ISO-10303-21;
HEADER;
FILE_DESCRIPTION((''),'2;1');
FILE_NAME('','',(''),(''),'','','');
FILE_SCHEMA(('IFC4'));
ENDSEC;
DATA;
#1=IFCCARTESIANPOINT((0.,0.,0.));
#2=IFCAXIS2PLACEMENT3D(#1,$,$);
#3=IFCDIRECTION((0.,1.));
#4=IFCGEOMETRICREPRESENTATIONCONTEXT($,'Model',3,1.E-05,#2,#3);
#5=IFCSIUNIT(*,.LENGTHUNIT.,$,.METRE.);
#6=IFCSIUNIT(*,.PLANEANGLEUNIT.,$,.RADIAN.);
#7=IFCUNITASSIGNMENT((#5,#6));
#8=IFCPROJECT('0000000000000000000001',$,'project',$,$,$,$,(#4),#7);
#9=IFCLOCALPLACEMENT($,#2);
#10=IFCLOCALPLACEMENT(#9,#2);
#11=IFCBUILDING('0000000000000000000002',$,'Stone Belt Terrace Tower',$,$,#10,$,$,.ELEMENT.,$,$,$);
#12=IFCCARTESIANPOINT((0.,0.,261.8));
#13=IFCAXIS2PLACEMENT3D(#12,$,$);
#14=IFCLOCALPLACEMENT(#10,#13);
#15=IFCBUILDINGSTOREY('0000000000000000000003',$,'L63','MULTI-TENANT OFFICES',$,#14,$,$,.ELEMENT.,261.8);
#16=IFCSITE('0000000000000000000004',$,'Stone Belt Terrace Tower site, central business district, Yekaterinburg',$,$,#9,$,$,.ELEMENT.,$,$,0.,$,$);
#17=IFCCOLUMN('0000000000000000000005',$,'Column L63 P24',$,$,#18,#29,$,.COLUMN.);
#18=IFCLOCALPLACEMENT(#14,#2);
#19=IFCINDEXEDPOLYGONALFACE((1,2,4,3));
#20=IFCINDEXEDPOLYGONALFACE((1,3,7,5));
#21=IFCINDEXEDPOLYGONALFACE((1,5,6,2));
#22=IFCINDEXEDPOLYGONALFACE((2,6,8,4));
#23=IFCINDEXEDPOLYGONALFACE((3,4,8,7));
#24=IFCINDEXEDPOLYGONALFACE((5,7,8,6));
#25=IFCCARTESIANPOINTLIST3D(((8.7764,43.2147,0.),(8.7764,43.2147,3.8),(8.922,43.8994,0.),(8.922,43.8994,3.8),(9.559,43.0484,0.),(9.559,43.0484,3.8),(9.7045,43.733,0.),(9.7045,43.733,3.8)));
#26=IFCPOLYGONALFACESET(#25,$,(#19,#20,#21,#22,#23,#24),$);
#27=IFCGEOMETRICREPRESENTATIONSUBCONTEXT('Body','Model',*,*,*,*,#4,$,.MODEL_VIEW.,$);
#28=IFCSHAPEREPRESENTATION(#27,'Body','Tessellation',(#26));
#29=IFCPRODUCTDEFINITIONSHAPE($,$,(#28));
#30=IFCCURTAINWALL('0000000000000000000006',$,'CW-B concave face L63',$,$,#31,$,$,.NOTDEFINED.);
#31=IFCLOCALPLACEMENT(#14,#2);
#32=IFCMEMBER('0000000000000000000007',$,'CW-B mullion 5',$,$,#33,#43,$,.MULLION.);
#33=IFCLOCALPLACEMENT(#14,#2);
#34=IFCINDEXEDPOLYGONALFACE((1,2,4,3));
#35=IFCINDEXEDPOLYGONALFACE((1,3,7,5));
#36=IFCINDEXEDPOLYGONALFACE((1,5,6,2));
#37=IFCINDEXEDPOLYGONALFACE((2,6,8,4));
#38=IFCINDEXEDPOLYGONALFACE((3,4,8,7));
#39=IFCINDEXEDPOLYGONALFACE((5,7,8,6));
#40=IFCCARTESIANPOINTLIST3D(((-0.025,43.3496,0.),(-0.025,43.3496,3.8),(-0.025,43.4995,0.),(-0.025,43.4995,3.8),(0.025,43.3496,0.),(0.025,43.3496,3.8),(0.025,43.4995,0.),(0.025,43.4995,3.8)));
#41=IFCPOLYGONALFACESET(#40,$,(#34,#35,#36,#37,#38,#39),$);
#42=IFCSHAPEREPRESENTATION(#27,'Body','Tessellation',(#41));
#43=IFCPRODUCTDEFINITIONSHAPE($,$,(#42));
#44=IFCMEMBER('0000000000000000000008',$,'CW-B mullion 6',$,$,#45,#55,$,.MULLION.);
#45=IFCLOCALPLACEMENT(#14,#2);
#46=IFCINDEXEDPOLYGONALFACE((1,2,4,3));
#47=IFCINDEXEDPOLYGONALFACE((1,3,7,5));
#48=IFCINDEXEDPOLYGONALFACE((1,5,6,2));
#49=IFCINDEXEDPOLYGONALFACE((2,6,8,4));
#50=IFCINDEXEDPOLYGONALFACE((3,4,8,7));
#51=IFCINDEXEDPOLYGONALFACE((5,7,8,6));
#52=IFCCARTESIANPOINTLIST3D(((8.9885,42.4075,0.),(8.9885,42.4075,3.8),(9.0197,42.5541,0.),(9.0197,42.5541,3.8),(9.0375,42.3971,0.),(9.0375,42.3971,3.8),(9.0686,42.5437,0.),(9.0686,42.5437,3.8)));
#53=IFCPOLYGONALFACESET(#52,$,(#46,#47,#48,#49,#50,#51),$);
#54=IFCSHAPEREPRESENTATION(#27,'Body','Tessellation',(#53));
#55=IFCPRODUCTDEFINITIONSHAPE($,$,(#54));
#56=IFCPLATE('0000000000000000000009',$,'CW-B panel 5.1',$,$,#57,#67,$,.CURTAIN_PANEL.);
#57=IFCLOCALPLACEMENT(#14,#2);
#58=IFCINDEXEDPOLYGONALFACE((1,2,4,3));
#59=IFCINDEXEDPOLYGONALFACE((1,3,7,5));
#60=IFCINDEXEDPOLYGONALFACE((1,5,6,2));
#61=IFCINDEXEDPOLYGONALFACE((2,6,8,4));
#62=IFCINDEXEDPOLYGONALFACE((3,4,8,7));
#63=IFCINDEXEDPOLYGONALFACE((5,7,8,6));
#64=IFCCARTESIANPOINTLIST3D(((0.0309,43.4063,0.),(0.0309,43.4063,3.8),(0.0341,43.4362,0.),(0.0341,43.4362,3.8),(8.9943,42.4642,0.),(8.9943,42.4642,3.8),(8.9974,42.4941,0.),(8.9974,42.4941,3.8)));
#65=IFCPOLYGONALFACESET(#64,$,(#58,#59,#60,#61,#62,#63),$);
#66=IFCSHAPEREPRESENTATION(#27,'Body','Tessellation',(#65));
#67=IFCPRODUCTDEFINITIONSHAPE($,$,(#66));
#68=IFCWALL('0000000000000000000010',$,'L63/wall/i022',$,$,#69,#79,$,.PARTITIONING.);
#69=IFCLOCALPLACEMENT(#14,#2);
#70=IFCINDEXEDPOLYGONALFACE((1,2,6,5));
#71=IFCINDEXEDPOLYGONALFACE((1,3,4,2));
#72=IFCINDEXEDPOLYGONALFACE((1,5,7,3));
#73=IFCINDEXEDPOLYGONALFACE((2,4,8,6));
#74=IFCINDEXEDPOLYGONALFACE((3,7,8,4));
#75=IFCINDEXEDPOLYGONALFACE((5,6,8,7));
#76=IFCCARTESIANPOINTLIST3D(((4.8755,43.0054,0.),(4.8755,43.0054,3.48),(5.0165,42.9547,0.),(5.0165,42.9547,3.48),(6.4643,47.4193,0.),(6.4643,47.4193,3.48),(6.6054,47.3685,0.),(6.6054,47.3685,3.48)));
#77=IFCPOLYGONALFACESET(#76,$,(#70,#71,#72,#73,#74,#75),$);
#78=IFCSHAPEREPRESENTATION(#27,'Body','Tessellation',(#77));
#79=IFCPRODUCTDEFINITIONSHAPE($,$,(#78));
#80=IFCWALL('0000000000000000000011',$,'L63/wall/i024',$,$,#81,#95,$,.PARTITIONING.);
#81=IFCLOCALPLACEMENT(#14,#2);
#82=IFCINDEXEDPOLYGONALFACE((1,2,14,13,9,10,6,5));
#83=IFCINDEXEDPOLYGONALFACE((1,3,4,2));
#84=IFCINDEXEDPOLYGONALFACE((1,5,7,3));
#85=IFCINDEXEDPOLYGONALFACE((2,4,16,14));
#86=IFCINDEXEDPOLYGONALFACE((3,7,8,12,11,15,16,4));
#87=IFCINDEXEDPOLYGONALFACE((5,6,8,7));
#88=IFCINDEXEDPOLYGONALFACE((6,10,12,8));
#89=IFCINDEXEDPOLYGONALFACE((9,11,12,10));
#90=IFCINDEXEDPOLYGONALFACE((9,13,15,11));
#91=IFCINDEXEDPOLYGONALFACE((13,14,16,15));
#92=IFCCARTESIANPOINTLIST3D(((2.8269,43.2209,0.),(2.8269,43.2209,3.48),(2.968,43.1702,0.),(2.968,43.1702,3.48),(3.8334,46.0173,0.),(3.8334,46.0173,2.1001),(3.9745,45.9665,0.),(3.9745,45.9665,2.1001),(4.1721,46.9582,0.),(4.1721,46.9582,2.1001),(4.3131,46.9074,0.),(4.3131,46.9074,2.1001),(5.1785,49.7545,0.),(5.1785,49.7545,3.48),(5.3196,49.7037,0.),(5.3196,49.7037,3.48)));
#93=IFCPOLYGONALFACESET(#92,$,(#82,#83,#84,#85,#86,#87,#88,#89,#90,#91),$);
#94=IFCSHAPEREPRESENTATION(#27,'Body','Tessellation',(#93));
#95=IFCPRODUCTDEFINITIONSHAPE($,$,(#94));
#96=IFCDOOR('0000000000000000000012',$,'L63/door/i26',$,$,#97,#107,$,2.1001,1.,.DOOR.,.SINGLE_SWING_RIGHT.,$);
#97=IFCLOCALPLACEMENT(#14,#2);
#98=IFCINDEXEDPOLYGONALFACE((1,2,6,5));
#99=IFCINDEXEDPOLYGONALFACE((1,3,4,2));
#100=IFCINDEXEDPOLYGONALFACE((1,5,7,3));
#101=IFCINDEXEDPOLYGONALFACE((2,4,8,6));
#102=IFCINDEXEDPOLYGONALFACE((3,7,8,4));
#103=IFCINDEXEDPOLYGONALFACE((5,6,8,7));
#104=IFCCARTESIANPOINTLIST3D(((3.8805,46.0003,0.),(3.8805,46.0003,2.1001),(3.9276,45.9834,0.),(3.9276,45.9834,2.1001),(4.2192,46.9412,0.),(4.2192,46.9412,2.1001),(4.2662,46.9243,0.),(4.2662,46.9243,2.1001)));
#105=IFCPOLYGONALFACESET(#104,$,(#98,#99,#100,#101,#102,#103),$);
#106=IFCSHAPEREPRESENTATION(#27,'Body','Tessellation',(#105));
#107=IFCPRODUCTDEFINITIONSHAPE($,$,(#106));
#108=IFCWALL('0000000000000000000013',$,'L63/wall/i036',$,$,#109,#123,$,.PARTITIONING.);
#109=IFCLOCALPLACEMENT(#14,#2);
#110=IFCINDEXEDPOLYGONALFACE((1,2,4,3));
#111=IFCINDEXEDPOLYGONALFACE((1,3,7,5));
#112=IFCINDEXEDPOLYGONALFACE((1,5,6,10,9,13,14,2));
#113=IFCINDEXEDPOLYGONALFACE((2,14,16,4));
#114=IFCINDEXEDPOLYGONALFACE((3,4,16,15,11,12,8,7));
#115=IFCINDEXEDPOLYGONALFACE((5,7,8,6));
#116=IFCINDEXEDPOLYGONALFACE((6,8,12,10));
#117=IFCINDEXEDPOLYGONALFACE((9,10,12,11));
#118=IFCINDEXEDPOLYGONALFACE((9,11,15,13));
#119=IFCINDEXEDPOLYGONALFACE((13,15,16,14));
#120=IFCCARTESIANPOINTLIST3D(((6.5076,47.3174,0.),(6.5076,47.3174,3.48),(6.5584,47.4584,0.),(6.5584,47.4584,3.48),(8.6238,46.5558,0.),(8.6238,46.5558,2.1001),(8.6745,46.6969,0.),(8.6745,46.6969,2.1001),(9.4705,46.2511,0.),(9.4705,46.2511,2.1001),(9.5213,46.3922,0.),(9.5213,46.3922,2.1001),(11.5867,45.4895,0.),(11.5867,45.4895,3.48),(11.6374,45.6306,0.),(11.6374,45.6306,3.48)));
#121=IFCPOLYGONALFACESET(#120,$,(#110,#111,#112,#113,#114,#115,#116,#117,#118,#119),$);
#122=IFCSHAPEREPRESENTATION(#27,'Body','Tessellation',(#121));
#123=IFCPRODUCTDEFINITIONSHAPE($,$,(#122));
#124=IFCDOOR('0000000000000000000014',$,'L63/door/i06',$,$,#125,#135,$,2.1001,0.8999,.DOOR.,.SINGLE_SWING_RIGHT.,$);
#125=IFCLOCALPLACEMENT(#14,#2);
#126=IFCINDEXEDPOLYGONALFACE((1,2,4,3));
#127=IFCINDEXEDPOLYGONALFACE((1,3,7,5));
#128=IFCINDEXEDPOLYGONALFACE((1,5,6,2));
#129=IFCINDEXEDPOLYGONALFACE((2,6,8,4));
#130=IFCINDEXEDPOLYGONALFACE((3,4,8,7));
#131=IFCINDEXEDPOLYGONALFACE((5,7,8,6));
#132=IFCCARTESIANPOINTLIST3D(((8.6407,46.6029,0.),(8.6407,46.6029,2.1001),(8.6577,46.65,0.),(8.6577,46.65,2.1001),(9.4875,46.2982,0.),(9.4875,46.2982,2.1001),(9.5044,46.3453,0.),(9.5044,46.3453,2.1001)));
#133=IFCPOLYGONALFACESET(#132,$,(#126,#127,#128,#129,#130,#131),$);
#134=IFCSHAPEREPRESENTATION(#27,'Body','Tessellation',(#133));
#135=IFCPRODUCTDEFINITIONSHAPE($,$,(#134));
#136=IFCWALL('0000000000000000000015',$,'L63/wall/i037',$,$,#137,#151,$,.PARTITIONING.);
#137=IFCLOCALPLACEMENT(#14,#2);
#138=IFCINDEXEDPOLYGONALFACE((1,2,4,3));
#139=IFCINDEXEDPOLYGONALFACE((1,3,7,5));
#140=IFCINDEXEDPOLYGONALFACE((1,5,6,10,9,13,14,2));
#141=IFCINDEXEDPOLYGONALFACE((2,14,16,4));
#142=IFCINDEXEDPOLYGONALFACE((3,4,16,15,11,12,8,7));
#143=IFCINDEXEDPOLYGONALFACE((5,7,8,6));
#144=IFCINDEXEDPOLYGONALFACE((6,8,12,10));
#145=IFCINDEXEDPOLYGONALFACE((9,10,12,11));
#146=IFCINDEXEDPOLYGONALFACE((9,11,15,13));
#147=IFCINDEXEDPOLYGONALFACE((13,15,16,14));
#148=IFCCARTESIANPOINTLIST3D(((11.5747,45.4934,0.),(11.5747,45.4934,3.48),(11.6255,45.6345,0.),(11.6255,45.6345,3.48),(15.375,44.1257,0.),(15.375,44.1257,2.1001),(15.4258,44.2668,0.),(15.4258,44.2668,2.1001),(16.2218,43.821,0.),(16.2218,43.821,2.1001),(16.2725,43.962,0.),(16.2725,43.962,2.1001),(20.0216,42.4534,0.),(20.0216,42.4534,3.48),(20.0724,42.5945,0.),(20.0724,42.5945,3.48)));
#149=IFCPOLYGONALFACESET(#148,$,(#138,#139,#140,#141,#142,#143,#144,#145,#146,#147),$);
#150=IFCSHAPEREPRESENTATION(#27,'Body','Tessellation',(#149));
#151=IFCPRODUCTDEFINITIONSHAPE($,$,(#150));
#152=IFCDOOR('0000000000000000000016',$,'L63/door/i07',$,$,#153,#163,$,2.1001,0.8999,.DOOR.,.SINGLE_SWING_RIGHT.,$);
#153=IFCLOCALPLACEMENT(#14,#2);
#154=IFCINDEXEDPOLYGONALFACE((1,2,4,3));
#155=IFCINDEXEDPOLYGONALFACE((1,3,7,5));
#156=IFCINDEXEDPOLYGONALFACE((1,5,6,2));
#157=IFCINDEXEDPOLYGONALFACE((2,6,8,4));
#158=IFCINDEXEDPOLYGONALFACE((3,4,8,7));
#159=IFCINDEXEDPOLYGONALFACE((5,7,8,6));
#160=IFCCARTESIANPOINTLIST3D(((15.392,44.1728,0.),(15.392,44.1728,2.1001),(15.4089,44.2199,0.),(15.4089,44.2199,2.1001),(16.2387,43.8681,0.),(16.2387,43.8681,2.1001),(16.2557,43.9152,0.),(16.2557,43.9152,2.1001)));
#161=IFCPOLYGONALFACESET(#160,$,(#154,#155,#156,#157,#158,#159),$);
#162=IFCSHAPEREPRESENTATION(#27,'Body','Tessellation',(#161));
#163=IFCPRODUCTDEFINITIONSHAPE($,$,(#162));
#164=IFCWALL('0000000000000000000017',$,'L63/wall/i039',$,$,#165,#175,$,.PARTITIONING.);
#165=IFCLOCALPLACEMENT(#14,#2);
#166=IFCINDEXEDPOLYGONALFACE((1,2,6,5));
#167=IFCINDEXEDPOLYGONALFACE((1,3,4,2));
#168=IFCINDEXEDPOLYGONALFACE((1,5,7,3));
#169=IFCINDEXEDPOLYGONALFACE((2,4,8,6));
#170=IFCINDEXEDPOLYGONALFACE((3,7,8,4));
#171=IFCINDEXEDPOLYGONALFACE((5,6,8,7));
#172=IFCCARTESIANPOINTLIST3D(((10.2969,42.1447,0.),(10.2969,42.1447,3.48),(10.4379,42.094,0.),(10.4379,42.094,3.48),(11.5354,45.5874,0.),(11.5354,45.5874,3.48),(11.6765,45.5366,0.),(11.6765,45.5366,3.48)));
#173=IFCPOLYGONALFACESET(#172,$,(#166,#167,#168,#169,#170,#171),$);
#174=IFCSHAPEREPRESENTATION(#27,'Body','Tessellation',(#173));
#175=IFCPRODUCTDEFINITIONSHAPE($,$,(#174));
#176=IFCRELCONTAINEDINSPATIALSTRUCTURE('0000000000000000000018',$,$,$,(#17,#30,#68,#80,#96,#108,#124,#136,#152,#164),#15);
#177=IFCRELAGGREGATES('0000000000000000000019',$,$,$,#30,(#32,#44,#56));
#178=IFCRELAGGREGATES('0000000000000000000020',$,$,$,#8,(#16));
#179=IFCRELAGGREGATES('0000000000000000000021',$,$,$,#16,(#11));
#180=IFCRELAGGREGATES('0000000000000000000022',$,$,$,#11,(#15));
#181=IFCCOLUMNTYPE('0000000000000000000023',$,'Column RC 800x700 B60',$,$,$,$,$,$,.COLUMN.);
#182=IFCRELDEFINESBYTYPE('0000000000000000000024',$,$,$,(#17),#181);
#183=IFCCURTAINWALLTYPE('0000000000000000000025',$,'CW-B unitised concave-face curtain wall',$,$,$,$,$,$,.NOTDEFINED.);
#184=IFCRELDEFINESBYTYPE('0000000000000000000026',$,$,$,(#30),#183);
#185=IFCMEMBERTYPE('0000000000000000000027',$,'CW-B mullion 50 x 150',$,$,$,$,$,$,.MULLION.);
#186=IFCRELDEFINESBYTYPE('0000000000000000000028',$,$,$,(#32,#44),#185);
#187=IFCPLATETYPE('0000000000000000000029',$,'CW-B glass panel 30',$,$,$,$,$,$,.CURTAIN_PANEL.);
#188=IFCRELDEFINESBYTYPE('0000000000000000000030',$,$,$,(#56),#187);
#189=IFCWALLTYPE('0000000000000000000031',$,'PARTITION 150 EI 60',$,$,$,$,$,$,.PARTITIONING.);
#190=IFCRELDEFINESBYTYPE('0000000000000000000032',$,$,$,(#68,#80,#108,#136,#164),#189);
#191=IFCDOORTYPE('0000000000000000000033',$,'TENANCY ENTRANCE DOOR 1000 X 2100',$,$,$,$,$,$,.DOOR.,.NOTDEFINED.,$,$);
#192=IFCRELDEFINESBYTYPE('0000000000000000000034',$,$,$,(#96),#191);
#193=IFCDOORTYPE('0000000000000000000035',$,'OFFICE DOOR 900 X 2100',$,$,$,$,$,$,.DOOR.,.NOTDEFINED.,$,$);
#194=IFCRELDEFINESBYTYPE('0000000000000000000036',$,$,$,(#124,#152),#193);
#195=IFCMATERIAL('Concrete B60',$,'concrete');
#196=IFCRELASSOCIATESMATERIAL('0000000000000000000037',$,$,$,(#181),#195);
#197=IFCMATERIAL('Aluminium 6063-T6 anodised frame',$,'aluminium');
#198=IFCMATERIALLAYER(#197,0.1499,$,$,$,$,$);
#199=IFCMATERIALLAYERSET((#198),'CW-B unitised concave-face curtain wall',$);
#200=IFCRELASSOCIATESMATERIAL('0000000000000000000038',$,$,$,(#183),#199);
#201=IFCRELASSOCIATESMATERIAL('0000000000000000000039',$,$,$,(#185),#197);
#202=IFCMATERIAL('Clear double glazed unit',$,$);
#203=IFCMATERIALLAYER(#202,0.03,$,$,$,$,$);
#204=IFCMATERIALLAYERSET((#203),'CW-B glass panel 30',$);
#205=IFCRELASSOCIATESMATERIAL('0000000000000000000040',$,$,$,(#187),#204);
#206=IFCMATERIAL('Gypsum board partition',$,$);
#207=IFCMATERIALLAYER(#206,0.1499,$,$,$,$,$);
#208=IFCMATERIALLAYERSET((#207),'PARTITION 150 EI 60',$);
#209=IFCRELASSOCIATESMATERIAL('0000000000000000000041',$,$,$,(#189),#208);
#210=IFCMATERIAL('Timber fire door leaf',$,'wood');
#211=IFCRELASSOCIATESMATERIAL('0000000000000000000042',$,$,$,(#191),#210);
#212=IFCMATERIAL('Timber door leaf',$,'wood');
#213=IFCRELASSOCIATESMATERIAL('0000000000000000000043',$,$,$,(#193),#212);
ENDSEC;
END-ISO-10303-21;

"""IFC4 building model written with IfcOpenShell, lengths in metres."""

from ifc_helpers import new_model, si_unit, direction, frame, frame_2d, origin, origin_2d, place, context, subcontext, project, spatial, rectangle, extrude, material, layer, layer_set, material_profile, profile_set, type_object, element, fill, aggregate, save


model = new_model("IFC4")

# Units and contexts
model_context = context("Model", 3, precision=1e-05, world=origin(), true_north=direction((0.0, 1.0)))
body_context = subcontext(model_context, "Body", "Model", "MODEL_VIEW")
ifc_project = project(units=[si_unit("LENGTHUNIT", "METRE"), si_unit("PLANEANGLEUNIT", "RADIAN")], contexts=[model_context])

# Site, building, storey
site_placement = place(None, origin())
site = spatial("IfcSite", under=ifc_project, at=site_placement, Name="Stone Belt Terrace Tower site, central business district, Yekaterinburg", CompositionType="ELEMENT", RefElevation=0.0)
building_placement = place(site_placement, origin())
building = spatial("IfcBuilding", under=site, at=building_placement, Name="Stone Belt Terrace Tower", CompositionType="ELEMENT")
storey_placement = place(building_placement, frame((0.0, 0.0, 261.8)))
storey = spatial("IfcBuildingStorey", under=building, at=storey_placement, Name="L63", Description="MULTI-TENANT OFFICES", CompositionType="ELEMENT", Elevation=261.8)

# Column
ifc_material_1 = material(Name="Concrete B60", Category="concrete")
ifc_material_profile_1 = material_profile(ifc_material_1, rectangle(XDim=0.8, YDim=0.7, at=origin_2d()), Name="RC 800x700")
ifc_profile_set_1 = profile_set([ifc_material_profile_1], Name="Concrete B60")
column_type = type_object("IfcColumnType", Name="Column RC 800x700 B60", PredefinedType="COLUMN", material=ifc_profile_set_1)
column_placement = place(storey_placement, frame((9.2405, 43.4739, 0.0), z_axis=(0.0, 0.0, 1.0), x_axis=(0.978148, -0.207912, 0.0)))
element("IfcColumn", 1, at=column_placement, inside=storey, type_object=column_type, Name="Column L63 P24", PredefinedType="COLUMN", context=body_context, shape_type="SweptSolid", body=[
    extrude(rectangle(XDim=0.8, YDim=0.7, at=origin_2d()), origin(), (0.0, 0.0, 1.0), 3.8),
])

# Curtain wall, members, plate
ifc_material_2 = material(Name="Aluminium 6063-T6 anodised frame", Category="aluminium")
ifc_layer_1 = layer(ifc_material_2, 0.1499)
ifc_layer_set_1 = layer_set([ifc_layer_1], Name="CW-B unitised concave-face curtain wall")
curtain_wall_type = type_object("IfcCurtainWallType", Name="CW-B unitised concave-face curtain wall", PredefinedType="NOTDEFINED", material=ifc_layer_set_1)
curtain_wall_placement = place(storey_placement, origin())
curtain_wall = element("IfcCurtainWall", 2, at=curtain_wall_placement, inside=storey, type_object=curtain_wall_type, Name="CW-B concave face L63", PredefinedType="NOTDEFINED")
ifc_material_profile_2 = material_profile(ifc_material_2, rectangle(XDim=0.1499, YDim=0.05, at=origin_2d()), Name="Aluminium 6063-T6 50x150")
ifc_profile_set_2 = profile_set([ifc_material_profile_2], Name="Aluminium 6063-T6 anodised frame")
member_type = type_object("IfcMemberType", Name="CW-B mullion 50 x 150", PredefinedType="MULLION", material=ifc_profile_set_2)
member_1_placement = place(storey_placement, frame((0.0, 43.4246, 0.0), z_axis=(0.0, 0.0, 1.0), x_axis=(0.0, 1.0, 0.0)))
member_1 = element("IfcMember", 3, at=member_1_placement, type_object=member_type, Name="CW-B mullion 5", PredefinedType="MULLION", context=body_context, shape_type="SweptSolid", body=[
    extrude(rectangle(XDim=0.1499, YDim=0.05, at=origin_2d()), origin(), (0.0, 0.0, 1.0), 3.8),
])
member_2_placement = place(storey_placement, frame((9.0286, 42.4756, 0.0), z_axis=(0.0, 0.0, 1.0), x_axis=(0.207912, 0.978148, 0.0)))
member_2 = element("IfcMember", 4, at=member_2_placement, type_object=member_type, Name="CW-B mullion 6", PredefinedType="MULLION", context=body_context, shape_type="SweptSolid", body=[
    extrude(rectangle(XDim=0.1499, YDim=0.05, at=origin_2d()), origin(), (0.0, 0.0, 1.0), 3.8),
])
ifc_material_3 = material(Name="Clear double glazed unit")
ifc_layer_2 = layer(ifc_material_3, 0.03)
ifc_layer_set_2 = layer_set([ifc_layer_2], Name="CW-B glass panel 30")
plate_type = type_object("IfcPlateType", Name="CW-B glass panel 30", PredefinedType="CURTAIN_PANEL", material=ifc_layer_set_2)
plate_placement = place(storey_placement, frame((4.5142, 42.9502, 0.0), z_axis=(0.0, 0.0, 1.0), x_axis=(0.994522, -0.104528, 0.0)))
plate = element("IfcPlate", 5, at=plate_placement, type_object=plate_type, Name="CW-B panel 5.1", PredefinedType="CURTAIN_PANEL", context=body_context, shape_type="SweptSolid", body=[
    extrude(rectangle(XDim=9.0127, YDim=0.03, at=origin_2d()), origin(), (0.0, 0.0, 1.0), 3.8),
])
aggregate(curtain_wall, [member_1, member_2, plate])

# Wall
ifc_material_4 = material(Name="Gypsum board partition")
ifc_layer_3 = layer(ifc_material_4, 0.1499)
ifc_layer_set_3 = layer_set([ifc_layer_3], Name="PARTITION 150 EI 60")
wall_type_1 = type_object("IfcWallType", Name="PARTITION 150 EI 60", PredefinedType="PARTITIONING", material=ifc_layer_set_3)
wall_1_placement = place(storey_placement, frame((6.5349, 47.394, 0.0), z_axis=(0.0, 0.0, 1.0), x_axis=(-0.338699, -0.940895, 0.0)))
element("IfcWall", 6, at=wall_1_placement, inside=storey, type_object=wall_type_1, Name="L63/wall/i022", PredefinedType="PARTITIONING", context=body_context, shape_type="SweptSolid", body=[
    extrude(rectangle(XDim=4.6912, YDim=0.1499, at=frame_2d((2.3457, 0.0))), origin(), (0.0, 0.0, 1.0), 3.48),
])

# Walls, openings, doors
wall_2_placement = place(storey_placement, frame((2.8975, 43.1956, 0.0), z_axis=(0.0, 0.0, 1.0), x_axis=(0.338658, 0.940909, 0.0)))
wall_2 = element("IfcWall", 7, at=wall_2_placement, inside=storey, type_object=wall_type_1, Name="L63/wall/i024", PredefinedType="PARTITIONING", context=body_context, shape_type="SweptSolid", body=[
    extrude(rectangle(XDim=6.9438, YDim=0.1499, at=frame_2d((3.4719, 0.0))), origin(), (0.0, 0.0, 1.0), 3.48),
])
opening_1_placement = place(wall_2_placement, frame((2.9719, 0.0, 0.0)))
opening_1 = element("IfcOpeningElement", 8, at=opening_1_placement, cuts=wall_2, PredefinedType="OPENING", context=body_context, shape_type="SweptSolid", body=[
    extrude(rectangle(XDim=1.0, YDim=2.1001, at=frame_2d((0.5, 1.05))), frame((0.0, 0.085, 0.0), z_axis=(0.0, -1.0, 0.0), x_axis=(1.0, 0.0, 0.0)), (0.0, 0.0, 1.0), 0.1699),
])
ifc_material_5 = material(Name="Timber fire door leaf", Category="wood")
door_type_1 = type_object("IfcDoorType", Name="TENANCY ENTRANCE DOOR 1000 X 2100", OperationType="NOTDEFINED", PredefinedType="DOOR", material=ifc_material_5)
door_1_placement = place(opening_1_placement, origin())
door_1 = element("IfcDoor", 9, at=door_1_placement, inside=storey, type_object=door_type_1, Name="L63/door/i26", OperationType="SINGLE_SWING_RIGHT", OverallHeight=2.1001, OverallWidth=1.0, PredefinedType="DOOR", context=body_context, shape_type="SweptSolid", body=[
    extrude(rectangle(XDim=1.0, YDim=2.1001, at=frame_2d((0.5, 1.05))), frame((0.0, 0.0249, 0.0), z_axis=(0.0, -1.0, 0.0), x_axis=(1.0, 0.0, 0.0)), (0.0, 0.0, 1.0), 0.05),
])
fill(opening_1, door_1)
wall_3_placement = place(storey_placement, frame((11.6121, 45.5601, 0.0), z_axis=(0.0, 0.0, 1.0), x_axis=(-0.940923, 0.338622, 0.0)))
wall_3 = element("IfcWall", 10, at=wall_3_placement, inside=storey, type_object=wall_type_1, Name="L63/wall/i036", PredefinedType="PARTITIONING", context=body_context, shape_type="SweptSolid", body=[
    extrude(rectangle(XDim=5.3979, YDim=0.1499, at=frame_2d((2.699, 0.0))), origin(), (0.0, 0.0, 1.0), 3.48),
])
opening_2_placement = place(wall_3_placement, frame((2.249, 0.0, 0.0)))
opening_2 = element("IfcOpeningElement", 11, at=opening_2_placement, cuts=wall_3, PredefinedType="OPENING", context=body_context, shape_type="SweptSolid", body=[
    extrude(rectangle(XDim=0.8999, YDim=2.1001, at=frame_2d((0.45, 1.05))), frame((0.0, 0.085, 0.0), z_axis=(0.0, -1.0, 0.0), x_axis=(1.0, 0.0, 0.0)), (0.0, 0.0, 1.0), 0.1699),
])
ifc_material_6 = material(Name="Timber door leaf", Category="wood")
door_type_2 = type_object("IfcDoorType", Name="OFFICE DOOR 900 X 2100", OperationType="NOTDEFINED", PredefinedType="DOOR", material=ifc_material_6)
door_2_placement = place(opening_2_placement, origin())
door_2 = element("IfcDoor", 12, at=door_2_placement, inside=storey, type_object=door_type_2, Name="L63/door/i06", OperationType="SINGLE_SWING_RIGHT", OverallHeight=2.1001, OverallWidth=0.8999, PredefinedType="DOOR", context=body_context, shape_type="SweptSolid", body=[
    extrude(rectangle(XDim=0.8999, YDim=2.1001, at=frame_2d((0.45, 1.05))), frame((0.0, 0.0249, 0.0), z_axis=(0.0, -1.0, 0.0), x_axis=(1.0, 0.0, 0.0)), (0.0, 0.0, 1.0), 0.05),
])
fill(opening_2, door_2)
wall_4_placement = place(storey_placement, frame((20.0471, 42.5239, 0.0), z_axis=(0.0, 0.0, 1.0), x_axis=(-0.940919, 0.338632, 0.0)))
wall_4 = element("IfcWall", 13, at=wall_4_placement, inside=storey, type_object=wall_type_1, Name="L63/wall/i037", PredefinedType="PARTITIONING", context=body_context, shape_type="SweptSolid", body=[
    extrude(rectangle(XDim=8.9773, YDim=0.1499, at=frame_2d((4.4888, 0.0))), origin(), (0.0, 0.0, 1.0), 3.48),
])
opening_3_placement = place(wall_4_placement, frame((4.0386, 0.0, 0.0)))
opening_3 = element("IfcOpeningElement", 14, at=opening_3_placement, cuts=wall_4, PredefinedType="OPENING", context=body_context, shape_type="SweptSolid", body=[
    extrude(rectangle(XDim=0.8999, YDim=2.1001, at=frame_2d((0.45, 1.05))), frame((0.0, 0.085, 0.0), z_axis=(0.0, -1.0, 0.0), x_axis=(1.0, 0.0, 0.0)), (0.0, 0.0, 1.0), 0.1699),
])
door_3_placement = place(opening_3_placement, origin())
door_3 = element("IfcDoor", 15, at=door_3_placement, inside=storey, type_object=door_type_2, Name="L63/door/i07", OperationType="SINGLE_SWING_RIGHT", OverallHeight=2.1001, OverallWidth=0.8999, PredefinedType="DOOR", context=body_context, shape_type="SweptSolid", body=[
    extrude(rectangle(XDim=0.8999, YDim=2.1001, at=frame_2d((0.45, 1.05))), frame((0.0, 0.0249, 0.0), z_axis=(0.0, -1.0, 0.0), x_axis=(1.0, 0.0, 0.0)), (0.0, 0.0, 1.0), 0.05),
])
fill(opening_3, door_3)

# Wall
wall_5_placement = place(storey_placement, frame((11.606, 45.562, 0.0), z_axis=(0.0, 0.0, 1.0), x_axis=(-0.338521, -0.940959, 0.0)))
element("IfcWall", 16, at=wall_5_placement, inside=storey, type_object=wall_type_1, Name="L63/wall/i039", PredefinedType="PARTITIONING", context=body_context, shape_type="SweptSolid", body=[
    extrude(rectangle(XDim=3.6587, YDim=0.1499, at=frame_2d((1.8293, 0.0))), origin(), (0.0, 0.0, 1.0), 3.48),
])

save(model, "model.ifc")
